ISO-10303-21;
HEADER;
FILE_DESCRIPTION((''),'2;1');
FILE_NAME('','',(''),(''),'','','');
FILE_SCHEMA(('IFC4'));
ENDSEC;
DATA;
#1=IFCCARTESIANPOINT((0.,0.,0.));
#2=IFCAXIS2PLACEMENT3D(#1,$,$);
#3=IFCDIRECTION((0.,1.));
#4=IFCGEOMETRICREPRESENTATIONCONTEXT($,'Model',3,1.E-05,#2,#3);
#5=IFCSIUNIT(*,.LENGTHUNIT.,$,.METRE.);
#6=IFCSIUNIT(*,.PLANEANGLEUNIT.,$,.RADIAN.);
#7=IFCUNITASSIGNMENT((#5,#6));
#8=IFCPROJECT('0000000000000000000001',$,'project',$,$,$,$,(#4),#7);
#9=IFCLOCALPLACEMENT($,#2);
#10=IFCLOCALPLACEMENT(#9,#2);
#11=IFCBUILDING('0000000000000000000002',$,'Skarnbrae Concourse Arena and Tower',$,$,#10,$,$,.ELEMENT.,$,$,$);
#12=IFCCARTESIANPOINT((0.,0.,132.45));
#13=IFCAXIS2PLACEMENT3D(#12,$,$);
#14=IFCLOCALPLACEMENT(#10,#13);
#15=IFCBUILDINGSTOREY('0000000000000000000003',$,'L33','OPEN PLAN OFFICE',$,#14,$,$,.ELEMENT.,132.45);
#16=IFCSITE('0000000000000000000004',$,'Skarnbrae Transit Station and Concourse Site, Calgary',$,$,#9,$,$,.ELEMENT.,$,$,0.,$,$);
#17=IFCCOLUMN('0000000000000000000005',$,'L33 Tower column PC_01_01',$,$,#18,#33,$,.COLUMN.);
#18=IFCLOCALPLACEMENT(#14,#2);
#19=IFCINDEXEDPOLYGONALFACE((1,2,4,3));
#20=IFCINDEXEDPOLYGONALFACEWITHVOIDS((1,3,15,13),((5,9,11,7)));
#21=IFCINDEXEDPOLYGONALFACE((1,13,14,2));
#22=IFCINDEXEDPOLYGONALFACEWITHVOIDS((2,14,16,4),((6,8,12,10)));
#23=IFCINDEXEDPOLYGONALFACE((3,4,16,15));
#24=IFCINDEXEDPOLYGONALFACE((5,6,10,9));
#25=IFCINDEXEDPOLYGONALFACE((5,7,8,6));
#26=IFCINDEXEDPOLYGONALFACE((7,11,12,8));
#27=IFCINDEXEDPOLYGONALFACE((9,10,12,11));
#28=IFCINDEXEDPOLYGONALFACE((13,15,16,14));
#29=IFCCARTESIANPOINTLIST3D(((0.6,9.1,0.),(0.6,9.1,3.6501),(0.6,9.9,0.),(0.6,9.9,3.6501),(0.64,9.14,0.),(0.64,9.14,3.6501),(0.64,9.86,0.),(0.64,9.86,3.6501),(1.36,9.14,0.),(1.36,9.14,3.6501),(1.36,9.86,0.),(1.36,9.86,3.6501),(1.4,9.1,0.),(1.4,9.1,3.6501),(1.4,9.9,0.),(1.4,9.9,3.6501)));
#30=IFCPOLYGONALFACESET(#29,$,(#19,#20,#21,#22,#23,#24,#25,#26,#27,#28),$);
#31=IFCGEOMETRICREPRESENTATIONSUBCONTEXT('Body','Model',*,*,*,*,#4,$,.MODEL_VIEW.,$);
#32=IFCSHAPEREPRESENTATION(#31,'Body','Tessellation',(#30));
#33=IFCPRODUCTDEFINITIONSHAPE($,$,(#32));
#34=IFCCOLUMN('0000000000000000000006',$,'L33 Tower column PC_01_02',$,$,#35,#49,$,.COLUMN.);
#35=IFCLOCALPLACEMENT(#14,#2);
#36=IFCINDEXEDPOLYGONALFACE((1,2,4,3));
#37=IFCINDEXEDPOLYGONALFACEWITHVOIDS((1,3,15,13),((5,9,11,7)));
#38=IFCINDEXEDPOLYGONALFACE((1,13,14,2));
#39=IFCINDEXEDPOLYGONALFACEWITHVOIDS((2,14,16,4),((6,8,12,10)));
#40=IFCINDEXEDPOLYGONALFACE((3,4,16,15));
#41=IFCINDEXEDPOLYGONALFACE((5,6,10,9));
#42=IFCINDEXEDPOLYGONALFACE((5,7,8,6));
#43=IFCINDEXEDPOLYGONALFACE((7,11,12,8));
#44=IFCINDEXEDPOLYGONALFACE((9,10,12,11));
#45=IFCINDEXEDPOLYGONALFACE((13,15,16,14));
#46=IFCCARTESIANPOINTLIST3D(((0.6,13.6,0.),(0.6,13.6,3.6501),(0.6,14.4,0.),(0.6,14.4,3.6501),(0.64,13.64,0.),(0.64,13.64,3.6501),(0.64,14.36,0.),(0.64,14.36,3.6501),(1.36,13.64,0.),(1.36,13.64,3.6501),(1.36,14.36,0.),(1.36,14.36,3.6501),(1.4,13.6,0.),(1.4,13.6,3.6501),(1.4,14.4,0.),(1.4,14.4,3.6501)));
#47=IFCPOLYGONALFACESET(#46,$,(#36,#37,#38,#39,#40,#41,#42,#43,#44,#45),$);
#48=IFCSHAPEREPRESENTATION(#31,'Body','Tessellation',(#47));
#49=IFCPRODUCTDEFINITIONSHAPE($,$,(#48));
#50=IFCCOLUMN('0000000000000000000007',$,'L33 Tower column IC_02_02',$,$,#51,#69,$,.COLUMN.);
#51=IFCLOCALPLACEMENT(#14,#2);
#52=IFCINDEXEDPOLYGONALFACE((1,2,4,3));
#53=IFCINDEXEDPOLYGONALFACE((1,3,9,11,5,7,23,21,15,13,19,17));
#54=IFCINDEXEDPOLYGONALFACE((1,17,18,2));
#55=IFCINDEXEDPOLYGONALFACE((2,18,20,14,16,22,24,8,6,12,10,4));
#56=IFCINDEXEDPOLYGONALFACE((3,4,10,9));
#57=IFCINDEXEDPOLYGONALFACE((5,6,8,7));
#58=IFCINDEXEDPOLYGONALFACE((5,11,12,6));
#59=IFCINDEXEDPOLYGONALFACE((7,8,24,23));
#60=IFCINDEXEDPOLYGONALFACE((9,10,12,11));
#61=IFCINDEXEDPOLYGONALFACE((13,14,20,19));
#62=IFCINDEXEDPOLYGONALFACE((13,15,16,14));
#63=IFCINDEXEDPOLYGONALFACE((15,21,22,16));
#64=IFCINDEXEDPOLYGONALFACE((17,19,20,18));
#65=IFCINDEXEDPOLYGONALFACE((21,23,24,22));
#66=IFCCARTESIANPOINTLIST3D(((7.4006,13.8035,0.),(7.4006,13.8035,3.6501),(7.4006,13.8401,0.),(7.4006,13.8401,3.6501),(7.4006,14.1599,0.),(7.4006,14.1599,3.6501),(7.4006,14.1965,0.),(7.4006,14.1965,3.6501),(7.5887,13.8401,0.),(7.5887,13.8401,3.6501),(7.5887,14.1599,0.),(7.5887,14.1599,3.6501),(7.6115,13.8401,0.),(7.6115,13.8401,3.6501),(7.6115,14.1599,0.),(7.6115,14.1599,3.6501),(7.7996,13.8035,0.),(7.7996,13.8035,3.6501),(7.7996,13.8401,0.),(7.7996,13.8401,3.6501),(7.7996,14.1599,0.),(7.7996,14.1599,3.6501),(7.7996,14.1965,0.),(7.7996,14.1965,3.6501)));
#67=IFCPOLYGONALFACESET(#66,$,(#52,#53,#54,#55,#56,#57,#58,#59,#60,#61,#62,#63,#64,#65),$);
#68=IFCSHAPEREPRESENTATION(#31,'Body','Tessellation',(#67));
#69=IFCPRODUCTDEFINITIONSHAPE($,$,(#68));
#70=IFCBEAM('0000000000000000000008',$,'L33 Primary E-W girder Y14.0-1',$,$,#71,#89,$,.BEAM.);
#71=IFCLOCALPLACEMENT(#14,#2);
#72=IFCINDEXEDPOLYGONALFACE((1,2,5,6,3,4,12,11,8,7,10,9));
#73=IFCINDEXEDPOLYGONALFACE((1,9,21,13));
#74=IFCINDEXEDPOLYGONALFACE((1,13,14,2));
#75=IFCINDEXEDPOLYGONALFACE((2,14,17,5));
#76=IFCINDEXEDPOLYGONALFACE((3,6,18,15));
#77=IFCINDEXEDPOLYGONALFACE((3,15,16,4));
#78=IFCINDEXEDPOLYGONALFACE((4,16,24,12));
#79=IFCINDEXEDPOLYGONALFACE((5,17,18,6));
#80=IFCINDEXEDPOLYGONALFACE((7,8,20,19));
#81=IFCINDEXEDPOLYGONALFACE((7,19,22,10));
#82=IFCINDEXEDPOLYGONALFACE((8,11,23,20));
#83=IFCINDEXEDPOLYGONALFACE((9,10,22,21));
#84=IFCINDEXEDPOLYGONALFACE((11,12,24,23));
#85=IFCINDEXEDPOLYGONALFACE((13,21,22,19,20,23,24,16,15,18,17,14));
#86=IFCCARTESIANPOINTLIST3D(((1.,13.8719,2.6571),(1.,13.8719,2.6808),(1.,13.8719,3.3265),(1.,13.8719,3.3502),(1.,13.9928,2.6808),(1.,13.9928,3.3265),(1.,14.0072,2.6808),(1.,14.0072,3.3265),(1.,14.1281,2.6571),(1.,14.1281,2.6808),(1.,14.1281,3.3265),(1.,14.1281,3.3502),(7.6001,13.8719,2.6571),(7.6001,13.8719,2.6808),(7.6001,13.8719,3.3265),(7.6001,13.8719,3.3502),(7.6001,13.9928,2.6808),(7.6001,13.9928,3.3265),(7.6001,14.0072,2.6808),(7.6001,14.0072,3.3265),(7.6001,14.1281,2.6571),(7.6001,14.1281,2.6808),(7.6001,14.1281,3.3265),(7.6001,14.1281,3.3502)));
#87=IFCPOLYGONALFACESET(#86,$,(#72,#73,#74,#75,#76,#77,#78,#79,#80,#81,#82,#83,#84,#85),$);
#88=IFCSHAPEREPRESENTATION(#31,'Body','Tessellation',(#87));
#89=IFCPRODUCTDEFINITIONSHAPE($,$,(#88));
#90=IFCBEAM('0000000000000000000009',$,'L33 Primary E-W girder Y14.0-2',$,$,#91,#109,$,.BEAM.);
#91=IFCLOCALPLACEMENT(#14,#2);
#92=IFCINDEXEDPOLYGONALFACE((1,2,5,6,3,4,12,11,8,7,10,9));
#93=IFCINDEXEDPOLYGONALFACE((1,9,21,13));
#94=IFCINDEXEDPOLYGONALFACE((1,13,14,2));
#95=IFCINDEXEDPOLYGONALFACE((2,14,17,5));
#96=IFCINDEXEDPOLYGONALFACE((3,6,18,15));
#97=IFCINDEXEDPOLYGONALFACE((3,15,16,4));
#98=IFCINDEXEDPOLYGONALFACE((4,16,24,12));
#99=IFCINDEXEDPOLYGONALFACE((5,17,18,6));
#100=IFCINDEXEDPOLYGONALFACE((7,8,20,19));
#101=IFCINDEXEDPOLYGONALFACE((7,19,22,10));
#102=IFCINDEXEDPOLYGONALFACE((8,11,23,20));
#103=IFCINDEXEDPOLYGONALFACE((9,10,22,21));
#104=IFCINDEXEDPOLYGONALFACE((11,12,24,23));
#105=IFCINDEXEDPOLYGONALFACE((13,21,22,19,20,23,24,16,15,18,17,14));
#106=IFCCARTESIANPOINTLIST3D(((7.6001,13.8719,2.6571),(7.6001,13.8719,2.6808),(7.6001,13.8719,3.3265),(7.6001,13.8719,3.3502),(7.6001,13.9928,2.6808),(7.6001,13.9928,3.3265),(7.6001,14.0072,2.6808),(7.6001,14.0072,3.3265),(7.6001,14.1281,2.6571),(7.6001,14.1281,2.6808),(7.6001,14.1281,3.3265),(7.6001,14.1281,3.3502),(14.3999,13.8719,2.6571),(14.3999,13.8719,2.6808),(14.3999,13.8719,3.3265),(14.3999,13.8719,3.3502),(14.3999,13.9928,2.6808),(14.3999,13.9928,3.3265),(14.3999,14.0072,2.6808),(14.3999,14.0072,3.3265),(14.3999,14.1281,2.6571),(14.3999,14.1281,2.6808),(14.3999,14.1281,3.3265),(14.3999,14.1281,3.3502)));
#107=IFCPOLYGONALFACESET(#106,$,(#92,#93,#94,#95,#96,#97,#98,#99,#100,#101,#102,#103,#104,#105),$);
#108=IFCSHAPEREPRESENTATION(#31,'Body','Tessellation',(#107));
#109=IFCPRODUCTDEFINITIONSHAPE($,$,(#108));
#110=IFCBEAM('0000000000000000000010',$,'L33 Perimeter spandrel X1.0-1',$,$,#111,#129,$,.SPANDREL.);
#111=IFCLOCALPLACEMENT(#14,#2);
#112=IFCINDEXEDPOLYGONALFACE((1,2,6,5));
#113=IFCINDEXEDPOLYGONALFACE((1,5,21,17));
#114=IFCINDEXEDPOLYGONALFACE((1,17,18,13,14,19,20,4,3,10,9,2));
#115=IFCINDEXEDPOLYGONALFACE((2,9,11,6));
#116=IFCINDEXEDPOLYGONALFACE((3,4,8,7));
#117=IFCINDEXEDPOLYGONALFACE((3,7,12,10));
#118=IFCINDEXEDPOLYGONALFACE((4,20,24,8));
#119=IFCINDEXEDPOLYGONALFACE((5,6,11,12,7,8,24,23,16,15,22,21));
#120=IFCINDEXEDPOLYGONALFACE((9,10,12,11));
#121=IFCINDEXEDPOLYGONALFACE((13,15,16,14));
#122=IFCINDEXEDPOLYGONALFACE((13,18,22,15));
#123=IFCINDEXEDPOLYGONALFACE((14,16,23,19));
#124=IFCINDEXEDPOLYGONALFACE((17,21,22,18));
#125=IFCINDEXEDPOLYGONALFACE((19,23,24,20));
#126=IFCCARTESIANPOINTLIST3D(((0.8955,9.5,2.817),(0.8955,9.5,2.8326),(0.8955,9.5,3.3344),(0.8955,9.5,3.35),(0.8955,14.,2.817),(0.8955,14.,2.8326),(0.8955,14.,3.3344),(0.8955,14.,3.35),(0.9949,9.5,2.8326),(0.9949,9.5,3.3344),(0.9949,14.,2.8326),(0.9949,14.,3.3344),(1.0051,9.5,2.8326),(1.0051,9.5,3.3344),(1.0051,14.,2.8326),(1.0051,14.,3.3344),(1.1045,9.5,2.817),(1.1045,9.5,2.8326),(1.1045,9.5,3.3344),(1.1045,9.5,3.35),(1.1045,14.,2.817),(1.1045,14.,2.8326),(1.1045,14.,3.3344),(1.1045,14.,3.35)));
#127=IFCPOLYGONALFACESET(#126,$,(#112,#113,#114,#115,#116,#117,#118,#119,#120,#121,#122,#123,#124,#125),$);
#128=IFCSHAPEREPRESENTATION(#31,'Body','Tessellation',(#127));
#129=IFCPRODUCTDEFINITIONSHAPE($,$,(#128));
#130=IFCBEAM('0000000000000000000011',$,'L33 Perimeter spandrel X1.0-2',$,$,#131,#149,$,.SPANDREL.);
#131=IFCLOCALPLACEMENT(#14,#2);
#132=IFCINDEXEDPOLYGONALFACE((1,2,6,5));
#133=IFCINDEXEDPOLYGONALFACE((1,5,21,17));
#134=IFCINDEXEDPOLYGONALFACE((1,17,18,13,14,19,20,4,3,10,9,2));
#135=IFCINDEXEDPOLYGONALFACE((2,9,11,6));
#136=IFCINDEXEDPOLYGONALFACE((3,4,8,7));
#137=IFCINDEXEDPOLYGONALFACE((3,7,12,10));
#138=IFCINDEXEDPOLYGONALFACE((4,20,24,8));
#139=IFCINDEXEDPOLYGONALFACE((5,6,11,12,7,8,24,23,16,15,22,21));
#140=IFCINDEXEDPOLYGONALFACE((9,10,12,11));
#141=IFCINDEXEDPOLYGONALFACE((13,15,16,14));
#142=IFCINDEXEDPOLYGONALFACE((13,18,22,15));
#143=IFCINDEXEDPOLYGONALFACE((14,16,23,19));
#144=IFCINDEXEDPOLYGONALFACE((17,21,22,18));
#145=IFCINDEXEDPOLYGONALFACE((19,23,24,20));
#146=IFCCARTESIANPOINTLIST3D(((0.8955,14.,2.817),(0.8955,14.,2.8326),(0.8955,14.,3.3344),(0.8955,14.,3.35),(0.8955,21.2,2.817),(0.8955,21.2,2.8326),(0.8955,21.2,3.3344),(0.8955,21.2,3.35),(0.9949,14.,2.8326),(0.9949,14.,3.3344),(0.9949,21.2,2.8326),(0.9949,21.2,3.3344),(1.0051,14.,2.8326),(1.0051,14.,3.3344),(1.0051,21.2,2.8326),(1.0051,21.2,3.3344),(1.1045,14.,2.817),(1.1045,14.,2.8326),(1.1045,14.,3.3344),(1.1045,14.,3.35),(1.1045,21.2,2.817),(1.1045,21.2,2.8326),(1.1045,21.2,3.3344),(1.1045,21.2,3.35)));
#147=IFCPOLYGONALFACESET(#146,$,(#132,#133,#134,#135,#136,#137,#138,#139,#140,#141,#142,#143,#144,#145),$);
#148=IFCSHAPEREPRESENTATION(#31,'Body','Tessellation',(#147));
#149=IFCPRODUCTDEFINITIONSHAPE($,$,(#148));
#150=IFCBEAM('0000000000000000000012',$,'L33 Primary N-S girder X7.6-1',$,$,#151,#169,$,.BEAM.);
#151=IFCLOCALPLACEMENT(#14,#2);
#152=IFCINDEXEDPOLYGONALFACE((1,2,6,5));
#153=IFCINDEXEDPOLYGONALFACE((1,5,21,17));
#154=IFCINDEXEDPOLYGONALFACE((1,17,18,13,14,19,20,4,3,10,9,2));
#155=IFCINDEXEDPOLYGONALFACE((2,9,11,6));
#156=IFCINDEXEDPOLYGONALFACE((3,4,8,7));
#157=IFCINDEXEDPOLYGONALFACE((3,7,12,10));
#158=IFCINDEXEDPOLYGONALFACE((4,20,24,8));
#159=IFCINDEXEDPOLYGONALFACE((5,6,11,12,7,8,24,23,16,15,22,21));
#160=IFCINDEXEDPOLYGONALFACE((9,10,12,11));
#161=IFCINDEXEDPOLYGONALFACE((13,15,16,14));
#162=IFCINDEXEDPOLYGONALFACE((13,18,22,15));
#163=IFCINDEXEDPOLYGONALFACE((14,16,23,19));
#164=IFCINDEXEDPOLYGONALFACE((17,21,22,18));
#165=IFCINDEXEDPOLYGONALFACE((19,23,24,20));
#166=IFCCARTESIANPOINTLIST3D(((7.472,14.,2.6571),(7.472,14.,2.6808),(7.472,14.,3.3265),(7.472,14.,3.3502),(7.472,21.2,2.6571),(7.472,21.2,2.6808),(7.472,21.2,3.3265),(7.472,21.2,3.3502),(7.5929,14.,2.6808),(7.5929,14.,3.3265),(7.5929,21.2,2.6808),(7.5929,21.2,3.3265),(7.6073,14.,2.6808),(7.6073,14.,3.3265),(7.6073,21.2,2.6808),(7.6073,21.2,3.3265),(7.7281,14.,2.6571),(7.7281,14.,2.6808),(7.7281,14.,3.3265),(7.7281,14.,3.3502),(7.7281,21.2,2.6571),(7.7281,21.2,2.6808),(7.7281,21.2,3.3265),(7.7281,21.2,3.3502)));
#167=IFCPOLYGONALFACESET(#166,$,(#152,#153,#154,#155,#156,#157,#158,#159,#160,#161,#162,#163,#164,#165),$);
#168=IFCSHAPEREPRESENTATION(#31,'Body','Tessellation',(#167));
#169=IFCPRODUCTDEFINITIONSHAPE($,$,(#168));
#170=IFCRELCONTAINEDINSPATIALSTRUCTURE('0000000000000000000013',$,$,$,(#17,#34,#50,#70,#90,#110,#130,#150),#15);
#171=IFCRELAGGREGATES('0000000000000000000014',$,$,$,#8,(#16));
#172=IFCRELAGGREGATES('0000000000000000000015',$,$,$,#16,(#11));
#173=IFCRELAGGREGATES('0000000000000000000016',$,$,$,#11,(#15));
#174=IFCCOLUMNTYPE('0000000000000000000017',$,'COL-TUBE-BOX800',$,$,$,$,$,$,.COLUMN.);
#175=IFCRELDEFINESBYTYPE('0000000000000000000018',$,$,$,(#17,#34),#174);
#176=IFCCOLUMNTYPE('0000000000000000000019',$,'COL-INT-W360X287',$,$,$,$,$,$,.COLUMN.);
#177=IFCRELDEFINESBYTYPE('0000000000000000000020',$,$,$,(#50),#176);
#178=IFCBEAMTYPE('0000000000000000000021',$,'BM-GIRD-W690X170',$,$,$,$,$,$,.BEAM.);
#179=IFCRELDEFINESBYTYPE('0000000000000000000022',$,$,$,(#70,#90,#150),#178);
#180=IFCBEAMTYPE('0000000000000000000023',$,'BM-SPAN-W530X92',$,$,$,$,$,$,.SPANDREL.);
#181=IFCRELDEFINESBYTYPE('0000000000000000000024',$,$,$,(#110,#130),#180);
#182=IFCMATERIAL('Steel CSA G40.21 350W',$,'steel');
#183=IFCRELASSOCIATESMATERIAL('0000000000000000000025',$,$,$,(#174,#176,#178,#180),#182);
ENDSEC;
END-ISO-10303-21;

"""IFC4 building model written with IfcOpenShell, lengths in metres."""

from ifc_helpers import new_model, si_unit, direction, frame, origin, origin_2d, place, context, subcontext, project, spatial, hollow_rectangle, i_section, extrude, source, transform, mapped, material, material_profile, profile_set, type_object, element, save


model = new_model("IFC4")

# Units and contexts
model_context = context("Model", 3, precision=1e-05, world=origin(), true_north=direction((0.0, 1.0)))
body_context = subcontext(model_context, "Body", "Model", "MODEL_VIEW")
ifc_project = project(units=[si_unit("LENGTHUNIT", "METRE"), si_unit("PLANEANGLEUNIT", "RADIAN")], contexts=[model_context])

# Site, building, storey
site_placement = place(None, origin())
site = spatial("IfcSite", under=ifc_project, at=site_placement, Name="Skarnbrae Transit Station and Concourse Site, Calgary", CompositionType="ELEMENT", RefElevation=0.0)
building_placement = place(site_placement, origin())
building = spatial("IfcBuilding", under=site, at=building_placement, Name="Skarnbrae Concourse Arena and Tower", CompositionType="ELEMENT")
storey_placement = place(building_placement, frame((0.0, 0.0, 132.45)))
storey = spatial("IfcBuildingStorey", under=building, at=storey_placement, Name="L33", Description="OPEN PLAN OFFICE", CompositionType="ELEMENT", Elevation=132.45)

# Columns
ifc_material_1 = material(Name="Steel CSA G40.21 350W", Category="steel")
ifc_material_profile_1 = material_profile(ifc_material_1, hollow_rectangle(XDim=0.8, YDim=0.8, WallThickness=0.04, at=origin_2d()), Name="BOX800X800X40")
ifc_profile_set_1 = profile_set([ifc_material_profile_1], Name="Steel CSA G40.21 350W")
column_type_1 = type_object("IfcColumnType", Name="COL-TUBE-BOX800", PredefinedType="COLUMN", material=ifc_profile_set_1)
shared_shape_1 = source(origin(), body_context, "Body", "SweptSolid", [
    extrude(hollow_rectangle(XDim=0.8, YDim=0.8, WallThickness=0.04, at=origin_2d()), origin(), (0.0, 0.0, 1.0), 3.6501),
])
for number, where, z_axis, x_axis, name in (
    (1, (1.0, 9.5, 0.0), (0.0, 0.0, 1.0), (1.0, 0.0, 0.0), "L33 Tower column PC_01_01"),
    (2, (1.0, 14.0, 0.0), (0.0, 0.0, 1.0), (1.0, 0.0, 0.0), "L33 Tower column PC_01_02"),
):
    element("IfcColumn", number, at=place(storey_placement, frame(where, z_axis=z_axis, x_axis=x_axis)), inside=storey, type_object=column_type_1, Name=name, PredefinedType="COLUMN", context=body_context, shape_type="MappedRepresentation", body=[
        mapped(shared_shape_1, transform((0.0, 0.0, 0.0))),
    ])
ifc_material_profile_2 = material_profile(ifc_material_1, i_section(OverallWidth=0.3989, OverallDepth=0.3931, WebThickness=0.0227, FlangeThickness=0.0366, at=origin_2d()), Name="W360X287")
ifc_profile_set_2 = profile_set([ifc_material_profile_2], Name="Steel CSA G40.21 350W")
column_type_2 = type_object("IfcColumnType", Name="COL-INT-W360X287", PredefinedType="COLUMN", material=ifc_profile_set_2)
shared_shape_2 = source(origin(), body_context, "Body", "SweptSolid", [
    extrude(i_section(OverallWidth=0.3989, OverallDepth=0.3931, WebThickness=0.0227, FlangeThickness=0.0366, at=origin_2d()), origin(), (0.0, 0.0, 1.0), 3.6501),
])
column_placement = place(storey_placement, frame((7.6001, 14.0, 0.0), z_axis=(0.0, 0.0, 1.0), x_axis=(1.0, 0.0, 0.0)))
element("IfcColumn", 3, at=column_placement, inside=storey, type_object=column_type_2, Name="L33 Tower column IC_02_02", PredefinedType="COLUMN", context=body_context, shape_type="MappedRepresentation", body=[
    mapped(shared_shape_2, transform((0.0, 0.0, 0.0))),
])

# Beams
ifc_material_profile_3 = material_profile(ifc_material_1, i_section(OverallWidth=0.2561, OverallDepth=0.6931, WebThickness=0.0144, FlangeThickness=0.0237, at=origin_2d()), Name="W690X170")
ifc_profile_set_3 = profile_set([ifc_material_profile_3], Name="Steel CSA G40.21 350W")
beam_type_1 = type_object("IfcBeamType", Name="BM-GIRD-W690X170", PredefinedType="BEAM", material=ifc_profile_set_3)
shared_shape_3 = source(origin(), body_context, "Body", "SweptSolid", [
    extrude(i_section(OverallWidth=0.2561, OverallDepth=0.6931, WebThickness=0.0144, FlangeThickness=0.0237, at=origin_2d()), origin(), (0.0, 0.0, 1.0), 6.6001),
])
beam_1_placement = place(storey_placement, frame((1.0, 14.0, 3.0037), z_axis=(1.0, 0.0, 0.0), x_axis=(0.0, 1.0, 0.0)))
element("IfcBeam", 4, at=beam_1_placement, inside=storey, type_object=beam_type_1, Name="L33 Primary E-W girder Y14.0-1", PredefinedType="BEAM", context=body_context, shape_type="MappedRepresentation", body=[
    mapped(shared_shape_3, transform((0.0, 0.0, 0.0))),
])
shared_shape_4 = source(origin(), body_context, "Body", "SweptSolid", [
    extrude(i_section(OverallWidth=0.2561, OverallDepth=0.6931, WebThickness=0.0144, FlangeThickness=0.0237, at=origin_2d()), origin(), (0.0, 0.0, 1.0), 6.7998),
])
beam_2_placement = place(storey_placement, frame((7.6001, 14.0, 3.0037), z_axis=(1.0, 0.0, 0.0), x_axis=(0.0, 1.0, 0.0)))
element("IfcBeam", 5, at=beam_2_placement, inside=storey, type_object=beam_type_1, Name="L33 Primary E-W girder Y14.0-2", PredefinedType="BEAM", context=body_context, shape_type="MappedRepresentation", body=[
    mapped(shared_shape_4, transform((0.0, 0.0, 0.0))),
])
ifc_material_profile_4 = material_profile(ifc_material_1, i_section(OverallWidth=0.209, OverallDepth=0.533, WebThickness=0.0103, FlangeThickness=0.0156, at=origin_2d()), Name="W530X92")
ifc_profile_set_4 = profile_set([ifc_material_profile_4], Name="Steel CSA G40.21 350W")
beam_type_2 = type_object("IfcBeamType", Name="BM-SPAN-W530X92", PredefinedType="SPANDREL", material=ifc_profile_set_4)
shared_shape_5 = source(origin(), body_context, "Body", "SweptSolid", [
    extrude(i_section(OverallWidth=0.209, OverallDepth=0.533, WebThickness=0.0103, FlangeThickness=0.0156, at=origin_2d()), origin(), (0.0, 0.0, 1.0), 4.5),
])
beam_3_placement = place(storey_placement, frame((1.0, 9.5, 3.0835), z_axis=(0.0, 1.0, 0.0), x_axis=(-1.0, 0.0, 0.0)))
element("IfcBeam", 6, at=beam_3_placement, inside=storey, type_object=beam_type_2, Name="L33 Perimeter spandrel X1.0-1", PredefinedType="SPANDREL", context=body_context, shape_type="MappedRepresentation", body=[
    mapped(shared_shape_5, transform((0.0, 0.0, 0.0))),
])
shared_shape_6 = source(origin(), body_context, "Body", "SweptSolid", [
    extrude(i_section(OverallWidth=0.209, OverallDepth=0.533, WebThickness=0.0103, FlangeThickness=0.0156, at=origin_2d()), origin(), (0.0, 0.0, 1.0), 7.2),
])
beam_4_placement = place(storey_placement, frame((1.0, 14.0, 3.0835), z_axis=(0.0, 1.0, 0.0), x_axis=(-1.0, 0.0, 0.0)))
element("IfcBeam", 7, at=beam_4_placement, inside=storey, type_object=beam_type_2, Name="L33 Perimeter spandrel X1.0-2", PredefinedType="SPANDREL", context=body_context, shape_type="MappedRepresentation", body=[
    mapped(shared_shape_6, transform((0.0, 0.0, 0.0))),
])
shared_shape_7 = source(origin(), body_context, "Body", "SweptSolid", [
    extrude(i_section(OverallWidth=0.2561, OverallDepth=0.6931, WebThickness=0.0144, FlangeThickness=0.0237, at=origin_2d()), origin(), (0.0, 0.0, 1.0), 7.2),
])
beam_5_placement = place(storey_placement, frame((7.6001, 14.0, 3.0037), z_axis=(0.0, 1.0, 0.0), x_axis=(-1.0, 0.0, 0.0)))
element("IfcBeam", 8, at=beam_5_placement, inside=storey, type_object=beam_type_1, Name="L33 Primary N-S girder X7.6-1", PredefinedType="BEAM", context=body_context, shape_type="MappedRepresentation", body=[
    mapped(shared_shape_7, transform((0.0, 0.0, 0.0))),
])

save(model, "model.ifc")
